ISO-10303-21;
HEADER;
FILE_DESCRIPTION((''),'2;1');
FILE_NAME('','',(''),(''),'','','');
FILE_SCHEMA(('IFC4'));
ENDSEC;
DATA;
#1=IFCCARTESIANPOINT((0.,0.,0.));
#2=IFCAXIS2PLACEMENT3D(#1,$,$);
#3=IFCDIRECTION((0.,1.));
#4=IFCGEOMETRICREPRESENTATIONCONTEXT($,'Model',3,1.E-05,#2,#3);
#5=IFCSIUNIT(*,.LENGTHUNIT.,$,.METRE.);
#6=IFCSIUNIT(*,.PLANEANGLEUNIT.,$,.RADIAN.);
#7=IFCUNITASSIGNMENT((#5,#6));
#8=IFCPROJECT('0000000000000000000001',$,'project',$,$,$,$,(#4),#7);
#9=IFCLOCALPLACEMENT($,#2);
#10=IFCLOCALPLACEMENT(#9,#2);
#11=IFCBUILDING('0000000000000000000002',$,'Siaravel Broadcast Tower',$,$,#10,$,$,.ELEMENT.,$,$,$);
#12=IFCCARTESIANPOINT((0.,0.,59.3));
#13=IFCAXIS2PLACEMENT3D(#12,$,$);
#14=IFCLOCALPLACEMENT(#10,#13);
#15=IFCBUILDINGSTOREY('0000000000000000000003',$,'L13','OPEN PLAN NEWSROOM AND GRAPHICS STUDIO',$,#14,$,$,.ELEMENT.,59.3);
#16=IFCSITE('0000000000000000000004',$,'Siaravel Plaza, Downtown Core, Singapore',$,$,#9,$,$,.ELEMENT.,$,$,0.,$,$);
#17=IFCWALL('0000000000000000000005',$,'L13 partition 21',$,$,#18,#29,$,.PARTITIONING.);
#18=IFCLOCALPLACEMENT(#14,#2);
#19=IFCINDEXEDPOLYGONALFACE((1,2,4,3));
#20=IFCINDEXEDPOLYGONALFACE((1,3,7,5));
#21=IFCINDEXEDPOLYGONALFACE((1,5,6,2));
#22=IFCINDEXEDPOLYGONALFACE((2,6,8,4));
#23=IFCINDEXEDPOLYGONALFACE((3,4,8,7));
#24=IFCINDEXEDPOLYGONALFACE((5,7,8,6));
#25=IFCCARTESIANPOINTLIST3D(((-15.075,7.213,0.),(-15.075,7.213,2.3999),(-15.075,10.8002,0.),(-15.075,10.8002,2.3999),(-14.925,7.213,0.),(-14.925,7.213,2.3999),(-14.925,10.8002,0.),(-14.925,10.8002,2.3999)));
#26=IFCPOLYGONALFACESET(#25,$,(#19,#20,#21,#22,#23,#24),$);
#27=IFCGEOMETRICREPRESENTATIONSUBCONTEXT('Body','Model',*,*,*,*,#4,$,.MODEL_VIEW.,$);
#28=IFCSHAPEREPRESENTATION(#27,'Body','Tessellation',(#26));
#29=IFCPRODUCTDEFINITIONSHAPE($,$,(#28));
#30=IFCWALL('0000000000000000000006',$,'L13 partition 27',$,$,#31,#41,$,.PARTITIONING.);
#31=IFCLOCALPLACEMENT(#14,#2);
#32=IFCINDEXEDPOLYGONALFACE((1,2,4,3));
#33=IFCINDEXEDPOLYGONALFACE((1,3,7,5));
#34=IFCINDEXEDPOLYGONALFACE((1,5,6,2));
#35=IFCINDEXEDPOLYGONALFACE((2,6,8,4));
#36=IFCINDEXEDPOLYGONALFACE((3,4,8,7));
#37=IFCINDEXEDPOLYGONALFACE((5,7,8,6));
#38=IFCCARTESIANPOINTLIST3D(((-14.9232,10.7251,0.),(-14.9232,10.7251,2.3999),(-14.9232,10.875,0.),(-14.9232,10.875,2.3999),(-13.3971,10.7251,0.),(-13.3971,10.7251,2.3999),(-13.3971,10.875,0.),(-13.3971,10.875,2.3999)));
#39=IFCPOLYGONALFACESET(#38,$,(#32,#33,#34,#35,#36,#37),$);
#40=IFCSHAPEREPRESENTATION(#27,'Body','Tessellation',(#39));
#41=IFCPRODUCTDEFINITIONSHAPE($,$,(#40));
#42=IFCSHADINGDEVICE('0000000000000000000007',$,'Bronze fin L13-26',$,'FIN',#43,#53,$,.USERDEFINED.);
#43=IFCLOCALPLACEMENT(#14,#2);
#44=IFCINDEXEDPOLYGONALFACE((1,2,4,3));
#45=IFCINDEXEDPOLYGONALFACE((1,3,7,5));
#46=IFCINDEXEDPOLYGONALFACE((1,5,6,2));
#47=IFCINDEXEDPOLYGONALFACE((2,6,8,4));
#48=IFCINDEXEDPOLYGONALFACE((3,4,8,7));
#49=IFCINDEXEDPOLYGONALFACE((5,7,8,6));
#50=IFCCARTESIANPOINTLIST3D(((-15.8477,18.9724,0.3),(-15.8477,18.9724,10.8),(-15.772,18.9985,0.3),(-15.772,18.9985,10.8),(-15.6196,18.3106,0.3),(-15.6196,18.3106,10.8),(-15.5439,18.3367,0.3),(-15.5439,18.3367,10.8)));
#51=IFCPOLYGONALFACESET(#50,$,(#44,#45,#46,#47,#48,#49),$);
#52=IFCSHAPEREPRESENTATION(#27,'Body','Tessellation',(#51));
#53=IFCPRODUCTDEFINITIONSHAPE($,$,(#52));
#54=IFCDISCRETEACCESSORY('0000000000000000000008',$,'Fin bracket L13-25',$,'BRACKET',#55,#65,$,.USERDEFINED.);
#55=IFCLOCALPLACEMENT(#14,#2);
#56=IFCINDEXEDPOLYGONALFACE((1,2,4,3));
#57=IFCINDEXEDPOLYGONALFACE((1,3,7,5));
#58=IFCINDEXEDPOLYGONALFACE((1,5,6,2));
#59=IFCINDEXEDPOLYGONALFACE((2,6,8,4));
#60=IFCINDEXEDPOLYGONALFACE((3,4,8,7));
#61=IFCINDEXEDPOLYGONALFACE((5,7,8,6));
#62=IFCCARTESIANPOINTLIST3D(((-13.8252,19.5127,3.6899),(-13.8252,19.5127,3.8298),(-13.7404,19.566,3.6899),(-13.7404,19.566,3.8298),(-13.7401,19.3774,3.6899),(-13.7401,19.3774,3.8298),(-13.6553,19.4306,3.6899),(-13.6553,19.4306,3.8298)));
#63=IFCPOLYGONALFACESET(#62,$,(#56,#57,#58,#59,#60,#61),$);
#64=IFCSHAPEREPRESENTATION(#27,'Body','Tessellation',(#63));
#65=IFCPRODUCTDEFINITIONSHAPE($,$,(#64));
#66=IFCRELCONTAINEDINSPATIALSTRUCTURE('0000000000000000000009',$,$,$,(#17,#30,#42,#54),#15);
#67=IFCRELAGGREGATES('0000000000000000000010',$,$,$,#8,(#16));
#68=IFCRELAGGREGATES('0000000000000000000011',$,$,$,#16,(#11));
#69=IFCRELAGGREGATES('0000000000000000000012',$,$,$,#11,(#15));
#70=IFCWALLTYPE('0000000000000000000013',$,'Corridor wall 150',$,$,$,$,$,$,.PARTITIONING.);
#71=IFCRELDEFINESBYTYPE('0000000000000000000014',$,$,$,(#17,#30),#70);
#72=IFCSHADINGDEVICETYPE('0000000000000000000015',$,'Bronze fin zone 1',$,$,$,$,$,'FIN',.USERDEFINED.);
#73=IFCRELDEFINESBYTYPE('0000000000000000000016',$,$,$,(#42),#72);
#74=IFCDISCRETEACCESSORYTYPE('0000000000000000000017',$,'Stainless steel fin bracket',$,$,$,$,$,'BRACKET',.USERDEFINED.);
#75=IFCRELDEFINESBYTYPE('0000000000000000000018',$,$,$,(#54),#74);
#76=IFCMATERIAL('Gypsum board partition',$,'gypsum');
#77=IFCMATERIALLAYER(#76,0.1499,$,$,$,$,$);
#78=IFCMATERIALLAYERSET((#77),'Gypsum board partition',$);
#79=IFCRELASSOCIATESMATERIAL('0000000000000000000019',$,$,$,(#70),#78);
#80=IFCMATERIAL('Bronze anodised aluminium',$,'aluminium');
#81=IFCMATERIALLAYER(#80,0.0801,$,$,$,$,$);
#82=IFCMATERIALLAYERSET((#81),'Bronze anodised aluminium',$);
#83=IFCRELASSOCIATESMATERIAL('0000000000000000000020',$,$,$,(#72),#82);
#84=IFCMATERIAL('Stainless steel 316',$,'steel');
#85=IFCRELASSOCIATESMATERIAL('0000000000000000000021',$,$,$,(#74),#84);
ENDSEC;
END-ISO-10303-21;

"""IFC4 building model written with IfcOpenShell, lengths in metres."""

from ifc_helpers import new_model, si_unit, direction, frame, frame_2d, origin, origin_2d, place, context, subcontext, project, spatial, rectangle, extrude, material, layer, layer_set, type_object, element, save


model = new_model("IFC4")

# Units and contexts
model_context = context("Model", 3, precision=1e-05, world=origin(), true_north=direction((0.0, 1.0)))
body_context = subcontext(model_context, "Body", "Model", "MODEL_VIEW")
ifc_project = project(units=[si_unit("LENGTHUNIT", "METRE"), si_unit("PLANEANGLEUNIT", "RADIAN")], contexts=[model_context])

# Site, building, storey
site_placement = place(None, origin())
site = spatial("IfcSite", under=ifc_project, at=site_placement, Name="Siaravel Plaza, Downtown Core, Singapore", CompositionType="ELEMENT", RefElevation=0.0)
building_placement = place(site_placement, origin())
building = spatial("IfcBuilding", under=site, at=building_placement, Name="Siaravel Broadcast Tower", CompositionType="ELEMENT")
storey_placement = place(building_placement, frame((0.0, 0.0, 59.3)))
storey = spatial("IfcBuildingStorey", under=building, at=storey_placement, Name="L13", Description="OPEN PLAN NEWSROOM AND GRAPHICS STUDIO", CompositionType="ELEMENT", Elevation=59.3)

# Shared definitions
ifc_material_1 = material(Name="Gypsum board partition", Category="gypsum")
ifc_layer_1 = layer(ifc_material_1, 0.1499)
ifc_layer_set_1 = layer_set([ifc_layer_1], Name="Gypsum board partition")
wall_type = type_object("IfcWallType", Name="Corridor wall 150", PredefinedType="PARTITIONING", material=ifc_layer_set_1)

# Walls
wall_1_placement = place(storey_placement, frame((-15.0, 10.8, 0.0), z_axis=(0.0, 0.0, 1.0), x_axis=(0.0, -1.0, 0.0)))
element("IfcWall", 1, at=wall_1_placement, inside=storey, type_object=wall_type, Name="L13 partition 21", PredefinedType="PARTITIONING", context=body_context, shape_type="SweptSolid", body=[
    extrude(rectangle(XDim=3.5872, YDim=0.1499, at=frame_2d((1.7935, 0.0))), origin(), (0.0, 0.0, 1.0), 2.3999),
])
wall_2_placement = place(storey_placement, frame((-13.397, 10.8, 0.0), z_axis=(0.0, 0.0, 1.0), x_axis=(-1.0, 0.0, 0.0)))
element("IfcWall", 2, at=wall_2_placement, inside=storey, type_object=wall_type, Name="L13 partition 27", PredefinedType="PARTITIONING", context=body_context, shape_type="SweptSolid", body=[
    extrude(rectangle(XDim=1.5261, YDim=0.1499, at=frame_2d((0.7632, 0.0))), origin(), (0.0, 0.0, 1.0), 2.3999),
])

# Shading device
ifc_material_2 = material(Name="Bronze anodised aluminium", Category="aluminium")
ifc_layer_2 = layer(ifc_material_2, 0.0801)
ifc_layer_set_2 = layer_set([ifc_layer_2], Name="Bronze anodised aluminium")
shading_device_type = type_object("IfcShadingDeviceType", Name="Bronze fin zone 1", ElementType="FIN", PredefinedType="USERDEFINED", material=ifc_layer_set_2)
shading_device_placement = place(storey_placement, frame((-15.6958, 18.6545, 0.3), z_axis=(0.0, 0.0, 1.0), x_axis=(-0.325788, 0.945443, 0.0)))
element("IfcShadingDevice", 3, at=shading_device_placement, inside=storey, type_object=shading_device_type, Name="Bronze fin L13-26", ObjectType="FIN", PredefinedType="USERDEFINED", context=body_context, shape_type="SweptSolid", body=[
    extrude(rectangle(XDim=0.7, YDim=0.0801, at=origin_2d()), origin(), (0.0, 0.0, 1.0), 10.5),
])

# Discrete accessory
ifc_material_3 = material(Name="Stainless steel 316", Category="steel")
discrete_accessory_type = type_object("IfcDiscreteAccessoryType", Name="Stainless steel fin bracket", ElementType="BRACKET", PredefinedType="USERDEFINED", material=ifc_material_3)
discrete_accessory_placement = place(storey_placement, frame((-13.7402, 19.4717, 3.6899), z_axis=(0.0, 0.0, 1.0), x_axis=(-0.532148, 0.846651, 0.0)))
element("IfcDiscreteAccessory", 4, at=discrete_accessory_placement, inside=storey, type_object=discrete_accessory_type, Name="Fin bracket L13-25", ObjectType="BRACKET", PredefinedType="USERDEFINED", context=body_context, shape_type="SweptSolid", body=[
    extrude(rectangle(XDim=0.1599, YDim=0.1001, at=origin_2d()), origin(), (0.0, 0.0, 1.0), 0.1399),
])

save(model, "model.ifc")
